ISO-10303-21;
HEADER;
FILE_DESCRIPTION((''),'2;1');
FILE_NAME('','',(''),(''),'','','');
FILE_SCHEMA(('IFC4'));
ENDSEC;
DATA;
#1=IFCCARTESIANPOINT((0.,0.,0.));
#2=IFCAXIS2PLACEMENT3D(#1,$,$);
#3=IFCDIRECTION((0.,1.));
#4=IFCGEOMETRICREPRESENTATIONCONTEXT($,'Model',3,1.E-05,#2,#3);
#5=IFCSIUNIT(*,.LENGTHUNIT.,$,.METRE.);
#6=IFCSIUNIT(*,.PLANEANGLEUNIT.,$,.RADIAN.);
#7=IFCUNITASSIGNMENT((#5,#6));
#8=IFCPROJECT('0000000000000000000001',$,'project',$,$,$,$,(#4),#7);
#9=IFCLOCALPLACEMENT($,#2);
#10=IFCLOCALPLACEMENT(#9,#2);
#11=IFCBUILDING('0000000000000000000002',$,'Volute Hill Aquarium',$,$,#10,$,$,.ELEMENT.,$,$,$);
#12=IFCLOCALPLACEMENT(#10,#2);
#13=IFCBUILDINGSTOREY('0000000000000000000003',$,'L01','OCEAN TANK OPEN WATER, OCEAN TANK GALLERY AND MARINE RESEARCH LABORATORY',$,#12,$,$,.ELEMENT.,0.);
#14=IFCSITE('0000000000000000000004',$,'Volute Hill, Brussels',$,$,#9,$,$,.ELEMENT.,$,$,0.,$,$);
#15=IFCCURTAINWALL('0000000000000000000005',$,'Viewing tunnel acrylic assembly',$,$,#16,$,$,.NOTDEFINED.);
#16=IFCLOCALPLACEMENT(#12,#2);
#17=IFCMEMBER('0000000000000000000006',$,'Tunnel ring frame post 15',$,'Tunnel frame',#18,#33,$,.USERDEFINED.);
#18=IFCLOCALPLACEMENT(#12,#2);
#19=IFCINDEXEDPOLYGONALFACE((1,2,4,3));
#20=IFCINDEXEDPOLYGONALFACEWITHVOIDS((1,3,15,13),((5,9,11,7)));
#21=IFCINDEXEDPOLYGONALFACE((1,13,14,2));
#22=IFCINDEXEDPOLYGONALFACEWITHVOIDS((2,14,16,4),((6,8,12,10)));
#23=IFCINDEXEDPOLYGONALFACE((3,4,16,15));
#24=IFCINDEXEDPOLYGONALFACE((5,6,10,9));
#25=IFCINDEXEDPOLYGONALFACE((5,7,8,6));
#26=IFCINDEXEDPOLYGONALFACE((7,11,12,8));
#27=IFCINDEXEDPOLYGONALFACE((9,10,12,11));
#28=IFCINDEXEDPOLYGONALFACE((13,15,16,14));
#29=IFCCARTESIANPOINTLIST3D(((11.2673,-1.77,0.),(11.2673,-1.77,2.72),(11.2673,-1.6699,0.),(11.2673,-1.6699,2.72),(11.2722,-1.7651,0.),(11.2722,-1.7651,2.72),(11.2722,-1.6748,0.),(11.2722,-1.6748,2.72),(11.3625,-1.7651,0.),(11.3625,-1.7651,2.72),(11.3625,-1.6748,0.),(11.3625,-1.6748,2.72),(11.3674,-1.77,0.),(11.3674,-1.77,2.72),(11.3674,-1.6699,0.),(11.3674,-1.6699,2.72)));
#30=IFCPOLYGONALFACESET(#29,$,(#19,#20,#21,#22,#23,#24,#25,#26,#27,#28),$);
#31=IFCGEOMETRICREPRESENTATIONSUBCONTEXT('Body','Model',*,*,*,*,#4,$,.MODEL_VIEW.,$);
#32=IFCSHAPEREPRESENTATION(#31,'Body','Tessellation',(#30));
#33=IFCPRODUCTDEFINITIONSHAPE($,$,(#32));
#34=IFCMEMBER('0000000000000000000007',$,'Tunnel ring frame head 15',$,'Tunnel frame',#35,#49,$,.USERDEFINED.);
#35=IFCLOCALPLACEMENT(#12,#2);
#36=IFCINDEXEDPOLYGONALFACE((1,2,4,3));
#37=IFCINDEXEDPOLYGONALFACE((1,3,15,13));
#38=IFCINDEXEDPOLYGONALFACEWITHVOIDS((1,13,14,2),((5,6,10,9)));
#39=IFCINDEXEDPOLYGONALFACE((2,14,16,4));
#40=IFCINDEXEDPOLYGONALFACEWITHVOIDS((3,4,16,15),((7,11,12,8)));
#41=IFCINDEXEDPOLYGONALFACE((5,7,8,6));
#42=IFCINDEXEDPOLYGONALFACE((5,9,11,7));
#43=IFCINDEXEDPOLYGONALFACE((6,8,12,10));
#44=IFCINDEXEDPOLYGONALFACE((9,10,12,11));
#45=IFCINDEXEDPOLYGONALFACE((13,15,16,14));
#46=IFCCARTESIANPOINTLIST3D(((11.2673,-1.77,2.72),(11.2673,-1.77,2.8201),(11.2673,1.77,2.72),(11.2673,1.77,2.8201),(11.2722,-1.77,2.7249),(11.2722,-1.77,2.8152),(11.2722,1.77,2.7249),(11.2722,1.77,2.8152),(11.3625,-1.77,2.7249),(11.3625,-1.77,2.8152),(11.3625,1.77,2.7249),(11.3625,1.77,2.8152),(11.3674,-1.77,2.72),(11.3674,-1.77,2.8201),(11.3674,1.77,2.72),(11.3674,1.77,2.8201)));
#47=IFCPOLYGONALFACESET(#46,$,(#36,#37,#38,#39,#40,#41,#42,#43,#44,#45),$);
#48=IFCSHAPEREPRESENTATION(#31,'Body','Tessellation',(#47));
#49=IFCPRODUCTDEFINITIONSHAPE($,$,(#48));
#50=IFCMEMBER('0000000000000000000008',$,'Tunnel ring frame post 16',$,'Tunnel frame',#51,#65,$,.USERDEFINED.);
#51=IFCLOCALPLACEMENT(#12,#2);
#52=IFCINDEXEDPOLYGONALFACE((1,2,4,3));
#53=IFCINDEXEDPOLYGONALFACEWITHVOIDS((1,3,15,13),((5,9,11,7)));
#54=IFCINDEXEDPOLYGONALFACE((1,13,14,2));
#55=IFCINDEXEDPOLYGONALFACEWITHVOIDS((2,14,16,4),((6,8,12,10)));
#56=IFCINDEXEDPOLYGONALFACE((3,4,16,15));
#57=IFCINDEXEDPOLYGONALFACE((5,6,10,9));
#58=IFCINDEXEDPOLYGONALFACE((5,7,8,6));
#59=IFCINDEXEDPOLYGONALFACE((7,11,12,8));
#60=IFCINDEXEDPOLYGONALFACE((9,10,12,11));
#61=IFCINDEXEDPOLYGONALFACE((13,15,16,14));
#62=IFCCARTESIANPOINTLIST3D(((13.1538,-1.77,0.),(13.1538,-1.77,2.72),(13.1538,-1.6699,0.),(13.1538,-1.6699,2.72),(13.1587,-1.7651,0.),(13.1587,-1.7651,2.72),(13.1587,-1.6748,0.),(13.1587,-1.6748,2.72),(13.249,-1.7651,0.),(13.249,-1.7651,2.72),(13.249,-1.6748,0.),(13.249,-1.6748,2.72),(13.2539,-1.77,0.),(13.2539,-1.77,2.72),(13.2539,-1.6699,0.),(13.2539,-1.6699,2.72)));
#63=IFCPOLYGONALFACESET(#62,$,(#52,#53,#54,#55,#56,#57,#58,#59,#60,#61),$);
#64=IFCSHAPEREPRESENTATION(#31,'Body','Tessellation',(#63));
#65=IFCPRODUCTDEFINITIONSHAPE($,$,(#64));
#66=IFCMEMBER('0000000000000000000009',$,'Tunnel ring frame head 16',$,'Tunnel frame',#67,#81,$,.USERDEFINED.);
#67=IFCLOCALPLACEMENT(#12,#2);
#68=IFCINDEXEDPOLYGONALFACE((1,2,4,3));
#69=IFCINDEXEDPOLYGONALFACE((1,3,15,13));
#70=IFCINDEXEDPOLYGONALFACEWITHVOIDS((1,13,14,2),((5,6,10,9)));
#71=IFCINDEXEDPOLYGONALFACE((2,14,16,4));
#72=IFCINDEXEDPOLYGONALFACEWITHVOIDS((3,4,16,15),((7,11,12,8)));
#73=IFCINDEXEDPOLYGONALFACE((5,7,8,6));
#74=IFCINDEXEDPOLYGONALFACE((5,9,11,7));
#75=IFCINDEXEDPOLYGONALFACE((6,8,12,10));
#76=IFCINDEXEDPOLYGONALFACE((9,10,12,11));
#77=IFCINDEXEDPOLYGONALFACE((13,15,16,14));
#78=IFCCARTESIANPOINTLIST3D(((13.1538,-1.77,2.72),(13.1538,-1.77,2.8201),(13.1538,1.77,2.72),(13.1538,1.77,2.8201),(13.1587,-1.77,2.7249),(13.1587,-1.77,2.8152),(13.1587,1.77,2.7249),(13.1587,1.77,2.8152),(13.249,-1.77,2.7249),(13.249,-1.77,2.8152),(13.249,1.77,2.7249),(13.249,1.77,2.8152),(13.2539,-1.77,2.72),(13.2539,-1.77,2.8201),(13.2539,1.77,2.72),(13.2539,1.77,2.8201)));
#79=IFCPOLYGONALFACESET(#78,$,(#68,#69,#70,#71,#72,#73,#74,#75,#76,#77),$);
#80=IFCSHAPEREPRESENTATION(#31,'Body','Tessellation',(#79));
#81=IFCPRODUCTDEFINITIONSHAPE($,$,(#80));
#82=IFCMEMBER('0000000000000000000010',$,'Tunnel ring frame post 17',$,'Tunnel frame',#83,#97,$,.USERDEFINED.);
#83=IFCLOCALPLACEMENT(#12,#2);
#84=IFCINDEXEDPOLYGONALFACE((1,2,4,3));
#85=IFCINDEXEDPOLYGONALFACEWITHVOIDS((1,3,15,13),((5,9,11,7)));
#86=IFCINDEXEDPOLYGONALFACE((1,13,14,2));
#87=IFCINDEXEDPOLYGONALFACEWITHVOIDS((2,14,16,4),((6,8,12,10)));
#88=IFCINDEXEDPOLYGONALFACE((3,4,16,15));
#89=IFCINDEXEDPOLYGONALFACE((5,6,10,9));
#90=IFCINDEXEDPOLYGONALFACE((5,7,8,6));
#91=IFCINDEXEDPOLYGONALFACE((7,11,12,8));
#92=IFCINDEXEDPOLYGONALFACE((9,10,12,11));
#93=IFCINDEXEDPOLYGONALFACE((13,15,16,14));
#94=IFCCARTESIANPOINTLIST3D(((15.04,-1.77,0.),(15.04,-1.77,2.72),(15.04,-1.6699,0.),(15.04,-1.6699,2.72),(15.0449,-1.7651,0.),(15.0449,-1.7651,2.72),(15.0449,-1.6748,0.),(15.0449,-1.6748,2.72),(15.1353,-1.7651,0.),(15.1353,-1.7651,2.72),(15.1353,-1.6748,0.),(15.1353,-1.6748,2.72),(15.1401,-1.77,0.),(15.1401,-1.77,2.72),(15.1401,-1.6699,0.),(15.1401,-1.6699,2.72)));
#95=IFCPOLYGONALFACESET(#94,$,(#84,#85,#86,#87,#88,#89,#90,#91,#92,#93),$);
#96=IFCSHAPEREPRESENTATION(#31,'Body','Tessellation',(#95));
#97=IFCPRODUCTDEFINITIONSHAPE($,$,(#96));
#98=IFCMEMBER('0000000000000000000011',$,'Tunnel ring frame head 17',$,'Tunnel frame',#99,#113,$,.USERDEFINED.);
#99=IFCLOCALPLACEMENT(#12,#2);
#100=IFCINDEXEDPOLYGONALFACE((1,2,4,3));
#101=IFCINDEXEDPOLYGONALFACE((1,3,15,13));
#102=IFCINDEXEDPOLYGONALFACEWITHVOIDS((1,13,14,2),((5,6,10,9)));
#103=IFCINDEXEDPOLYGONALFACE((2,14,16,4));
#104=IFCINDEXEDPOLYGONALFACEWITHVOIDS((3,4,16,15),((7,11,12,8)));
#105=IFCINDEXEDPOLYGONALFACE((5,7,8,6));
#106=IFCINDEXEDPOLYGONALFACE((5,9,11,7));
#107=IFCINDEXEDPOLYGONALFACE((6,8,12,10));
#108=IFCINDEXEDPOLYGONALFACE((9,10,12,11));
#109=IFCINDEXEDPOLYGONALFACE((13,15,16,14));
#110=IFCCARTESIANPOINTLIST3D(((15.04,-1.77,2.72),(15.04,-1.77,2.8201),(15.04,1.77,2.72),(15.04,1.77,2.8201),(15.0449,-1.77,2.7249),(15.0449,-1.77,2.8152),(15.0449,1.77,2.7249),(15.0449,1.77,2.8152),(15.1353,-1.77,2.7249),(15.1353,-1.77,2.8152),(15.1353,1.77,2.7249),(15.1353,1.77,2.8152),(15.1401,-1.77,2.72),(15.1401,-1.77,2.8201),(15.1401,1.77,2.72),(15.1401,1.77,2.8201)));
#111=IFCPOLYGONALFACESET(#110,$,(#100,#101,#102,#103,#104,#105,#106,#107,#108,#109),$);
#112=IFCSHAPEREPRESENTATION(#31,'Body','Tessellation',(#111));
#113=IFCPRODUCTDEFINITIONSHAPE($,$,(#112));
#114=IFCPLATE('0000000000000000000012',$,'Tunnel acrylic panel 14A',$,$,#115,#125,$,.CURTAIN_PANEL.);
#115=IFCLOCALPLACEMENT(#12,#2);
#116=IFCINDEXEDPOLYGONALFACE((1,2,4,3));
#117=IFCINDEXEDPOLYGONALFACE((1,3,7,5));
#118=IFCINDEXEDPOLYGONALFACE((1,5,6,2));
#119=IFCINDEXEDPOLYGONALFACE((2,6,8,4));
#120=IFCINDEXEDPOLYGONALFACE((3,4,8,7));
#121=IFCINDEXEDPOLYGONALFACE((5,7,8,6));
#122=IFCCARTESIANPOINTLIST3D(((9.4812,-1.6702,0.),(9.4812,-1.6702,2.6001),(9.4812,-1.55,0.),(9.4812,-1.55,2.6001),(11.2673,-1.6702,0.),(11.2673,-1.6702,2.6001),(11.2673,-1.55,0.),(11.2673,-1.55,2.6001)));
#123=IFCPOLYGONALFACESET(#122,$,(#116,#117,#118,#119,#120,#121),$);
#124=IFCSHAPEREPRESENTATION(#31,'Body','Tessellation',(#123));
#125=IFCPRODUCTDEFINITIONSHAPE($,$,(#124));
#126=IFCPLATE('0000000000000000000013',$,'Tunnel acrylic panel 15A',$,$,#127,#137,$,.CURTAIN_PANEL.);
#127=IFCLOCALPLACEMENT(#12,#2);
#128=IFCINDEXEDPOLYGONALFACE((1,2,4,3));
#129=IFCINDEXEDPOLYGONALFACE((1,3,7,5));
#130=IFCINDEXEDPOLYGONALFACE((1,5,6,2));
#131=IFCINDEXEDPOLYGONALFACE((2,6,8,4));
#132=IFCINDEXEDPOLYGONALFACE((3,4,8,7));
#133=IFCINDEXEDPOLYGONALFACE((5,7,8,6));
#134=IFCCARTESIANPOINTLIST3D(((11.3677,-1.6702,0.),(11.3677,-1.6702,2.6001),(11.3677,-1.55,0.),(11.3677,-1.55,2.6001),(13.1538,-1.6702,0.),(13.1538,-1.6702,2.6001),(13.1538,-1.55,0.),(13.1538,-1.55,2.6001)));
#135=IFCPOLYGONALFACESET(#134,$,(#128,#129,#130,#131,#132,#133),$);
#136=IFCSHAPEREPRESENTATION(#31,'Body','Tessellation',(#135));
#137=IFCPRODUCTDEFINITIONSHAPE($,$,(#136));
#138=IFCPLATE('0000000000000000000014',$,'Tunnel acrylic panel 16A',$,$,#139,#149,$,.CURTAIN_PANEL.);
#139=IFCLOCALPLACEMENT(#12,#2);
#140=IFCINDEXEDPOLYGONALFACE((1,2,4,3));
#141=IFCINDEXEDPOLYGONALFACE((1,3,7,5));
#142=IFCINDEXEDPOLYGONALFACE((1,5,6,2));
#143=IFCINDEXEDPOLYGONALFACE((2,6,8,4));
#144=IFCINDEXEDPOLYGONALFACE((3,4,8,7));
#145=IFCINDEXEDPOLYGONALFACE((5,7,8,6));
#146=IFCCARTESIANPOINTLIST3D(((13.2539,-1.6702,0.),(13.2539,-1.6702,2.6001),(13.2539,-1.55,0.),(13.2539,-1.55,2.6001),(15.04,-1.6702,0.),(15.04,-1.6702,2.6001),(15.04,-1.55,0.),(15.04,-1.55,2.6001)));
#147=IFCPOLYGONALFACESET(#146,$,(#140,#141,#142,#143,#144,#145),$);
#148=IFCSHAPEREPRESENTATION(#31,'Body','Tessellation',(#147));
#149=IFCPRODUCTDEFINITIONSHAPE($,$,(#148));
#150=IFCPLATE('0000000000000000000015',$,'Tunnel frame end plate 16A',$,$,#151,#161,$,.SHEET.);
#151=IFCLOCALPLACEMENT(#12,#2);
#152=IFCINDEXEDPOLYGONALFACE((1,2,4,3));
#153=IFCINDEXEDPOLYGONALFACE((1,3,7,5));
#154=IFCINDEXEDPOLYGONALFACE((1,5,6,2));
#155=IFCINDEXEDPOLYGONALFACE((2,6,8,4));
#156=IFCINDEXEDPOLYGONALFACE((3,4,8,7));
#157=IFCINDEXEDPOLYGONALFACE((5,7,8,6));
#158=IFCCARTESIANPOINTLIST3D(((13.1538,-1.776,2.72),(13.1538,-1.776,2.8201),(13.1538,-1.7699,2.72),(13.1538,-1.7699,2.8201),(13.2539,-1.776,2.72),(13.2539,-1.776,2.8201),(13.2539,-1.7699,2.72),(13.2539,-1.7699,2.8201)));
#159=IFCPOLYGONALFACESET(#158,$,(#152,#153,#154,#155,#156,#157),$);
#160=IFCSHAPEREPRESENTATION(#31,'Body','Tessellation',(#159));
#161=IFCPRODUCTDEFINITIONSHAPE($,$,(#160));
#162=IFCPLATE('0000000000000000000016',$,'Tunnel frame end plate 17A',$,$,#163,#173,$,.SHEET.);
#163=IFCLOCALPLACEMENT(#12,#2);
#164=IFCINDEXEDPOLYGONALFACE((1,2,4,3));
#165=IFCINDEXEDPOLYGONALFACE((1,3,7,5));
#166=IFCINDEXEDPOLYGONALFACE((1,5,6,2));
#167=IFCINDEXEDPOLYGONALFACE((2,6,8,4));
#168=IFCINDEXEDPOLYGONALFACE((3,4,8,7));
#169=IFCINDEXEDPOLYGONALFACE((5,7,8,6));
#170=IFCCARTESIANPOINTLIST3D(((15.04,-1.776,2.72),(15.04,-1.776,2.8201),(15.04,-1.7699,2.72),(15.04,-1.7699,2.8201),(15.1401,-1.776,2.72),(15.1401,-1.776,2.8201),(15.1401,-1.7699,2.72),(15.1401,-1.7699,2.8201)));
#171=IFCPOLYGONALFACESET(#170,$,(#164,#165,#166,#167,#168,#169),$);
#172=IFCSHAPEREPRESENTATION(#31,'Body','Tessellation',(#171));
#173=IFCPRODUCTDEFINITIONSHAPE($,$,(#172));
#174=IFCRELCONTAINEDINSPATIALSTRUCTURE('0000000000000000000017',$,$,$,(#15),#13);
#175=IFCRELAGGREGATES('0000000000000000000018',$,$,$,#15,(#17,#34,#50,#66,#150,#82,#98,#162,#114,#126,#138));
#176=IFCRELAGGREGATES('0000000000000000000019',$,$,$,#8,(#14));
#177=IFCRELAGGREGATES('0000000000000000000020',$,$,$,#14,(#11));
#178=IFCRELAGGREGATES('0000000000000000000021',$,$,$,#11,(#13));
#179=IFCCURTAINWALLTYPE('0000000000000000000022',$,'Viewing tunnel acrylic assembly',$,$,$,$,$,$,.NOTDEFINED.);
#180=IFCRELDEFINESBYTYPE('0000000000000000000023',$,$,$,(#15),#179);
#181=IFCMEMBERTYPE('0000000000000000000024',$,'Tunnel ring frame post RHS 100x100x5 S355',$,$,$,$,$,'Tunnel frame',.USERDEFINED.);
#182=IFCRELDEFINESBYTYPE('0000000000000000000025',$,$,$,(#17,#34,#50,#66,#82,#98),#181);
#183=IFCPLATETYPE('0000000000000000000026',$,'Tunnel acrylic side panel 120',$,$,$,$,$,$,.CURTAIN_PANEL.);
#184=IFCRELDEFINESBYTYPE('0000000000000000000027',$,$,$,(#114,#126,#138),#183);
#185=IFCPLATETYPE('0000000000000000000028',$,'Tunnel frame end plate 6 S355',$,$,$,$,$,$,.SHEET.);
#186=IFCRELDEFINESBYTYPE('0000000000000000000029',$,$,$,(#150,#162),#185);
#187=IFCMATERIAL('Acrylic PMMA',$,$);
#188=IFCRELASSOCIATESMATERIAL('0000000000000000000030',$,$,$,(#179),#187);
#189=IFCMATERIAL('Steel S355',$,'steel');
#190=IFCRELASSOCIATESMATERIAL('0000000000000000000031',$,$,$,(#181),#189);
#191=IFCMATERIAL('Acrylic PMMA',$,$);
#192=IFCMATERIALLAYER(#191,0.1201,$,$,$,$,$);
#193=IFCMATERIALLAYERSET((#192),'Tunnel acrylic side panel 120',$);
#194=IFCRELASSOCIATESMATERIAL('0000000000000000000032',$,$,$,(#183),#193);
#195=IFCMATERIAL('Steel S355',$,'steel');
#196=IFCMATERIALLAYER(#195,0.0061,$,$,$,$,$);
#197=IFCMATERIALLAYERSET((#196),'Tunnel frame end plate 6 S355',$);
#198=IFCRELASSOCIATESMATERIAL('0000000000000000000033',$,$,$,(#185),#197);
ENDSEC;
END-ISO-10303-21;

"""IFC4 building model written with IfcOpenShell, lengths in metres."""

from ifc_helpers import new_model, si_unit, direction, frame, origin, origin_2d, place, context, subcontext, project, spatial, rectangle, hollow_rectangle, extrude, material, layer, layer_set, material_profile, profile_set, type_object, element, aggregate, save


model = new_model("IFC4")

# Units and contexts
model_context = context("Model", 3, precision=1e-05, world=origin(), true_north=direction((0.0, 1.0)))
body_context = subcontext(model_context, "Body", "Model", "MODEL_VIEW")
ifc_project = project(units=[si_unit("LENGTHUNIT", "METRE"), si_unit("PLANEANGLEUNIT", "RADIAN")], contexts=[model_context])

# Site, building, storey
site_placement = place(None, origin())
site = spatial("IfcSite", under=ifc_project, at=site_placement, Name="Volute Hill, Brussels", CompositionType="ELEMENT", RefElevation=0.0)
building_placement = place(site_placement, origin())
building = spatial("IfcBuilding", under=site, at=building_placement, Name="Volute Hill Aquarium", CompositionType="ELEMENT")
storey_placement = place(building_placement, origin())
storey = spatial("IfcBuildingStorey", under=building, at=storey_placement, Name="L01", Description="OCEAN TANK OPEN WATER, OCEAN TANK GALLERY AND MARINE RESEARCH LABORATORY", CompositionType="ELEMENT", Elevation=0.0)

# Curtain wall, members, plates
ifc_material_1 = material(Name="Acrylic PMMA")
curtain_wall_type = type_object("IfcCurtainWallType", Name="Viewing tunnel acrylic assembly", PredefinedType="NOTDEFINED", material=ifc_material_1)
curtain_wall_placement = place(storey_placement, origin())
curtain_wall = element("IfcCurtainWall", 1, at=curtain_wall_placement, inside=storey, type_object=curtain_wall_type, Name="Viewing tunnel acrylic assembly", PredefinedType="NOTDEFINED")
ifc_material_2 = material(Name="Steel S355", Category="steel")
ifc_material_profile = material_profile(ifc_material_2, hollow_rectangle(XDim=0.1001, YDim=0.1001, WallThickness=0.0049, at=origin_2d()), Name="RHS 100x100x5")
ifc_profile_set = profile_set([ifc_material_profile], Name="Steel S355")
member_type = type_object("IfcMemberType", Name="Tunnel ring frame post RHS 100x100x5 S355", ElementType="Tunnel frame", PredefinedType="USERDEFINED", material=ifc_profile_set)
member_1_placement = place(storey_placement, frame((11.3174, -1.72, 0.0), z_axis=(0.0, 0.0, 1.0), x_axis=(1.0, 0.0, 0.0)))
member_1 = element("IfcMember", 2, at=member_1_placement, type_object=member_type, Name="Tunnel ring frame post 15", ObjectType="Tunnel frame", PredefinedType="USERDEFINED", context=body_context, shape_type="SweptSolid", body=[
    extrude(hollow_rectangle(XDim=0.1001, YDim=0.1001, WallThickness=0.0049, at=origin_2d()), origin(), (0.0, 0.0, 1.0), 2.72),
])
member_2_placement = place(storey_placement, frame((11.3174, -1.77, 2.77), z_axis=(0.0, 1.0, 0.0), x_axis=(-1.0, 0.0, 0.0)))
member_2 = element("IfcMember", 3, at=member_2_placement, type_object=member_type, Name="Tunnel ring frame head 15", ObjectType="Tunnel frame", PredefinedType="USERDEFINED", context=body_context, shape_type="SweptSolid", body=[
    extrude(hollow_rectangle(XDim=0.1001, YDim=0.1001, WallThickness=0.0049, at=origin_2d()), origin(), (0.0, 0.0, 1.0), 3.54),
])
member_3_placement = place(storey_placement, frame((13.2039, -1.72, 0.0), z_axis=(0.0, 0.0, 1.0), x_axis=(1.0, 0.0, 0.0)))
member_3 = element("IfcMember", 4, at=member_3_placement, type_object=member_type, Name="Tunnel ring frame post 16", ObjectType="Tunnel frame", PredefinedType="USERDEFINED", context=body_context, shape_type="SweptSolid", body=[
    extrude(hollow_rectangle(XDim=0.1001, YDim=0.1001, WallThickness=0.0049, at=origin_2d()), origin(), (0.0, 0.0, 1.0), 2.72),
])
member_4_placement = place(storey_placement, frame((13.2039, -1.77, 2.77), z_axis=(0.0, 1.0, 0.0), x_axis=(-1.0, 0.0, 0.0)))
member_4 = element("IfcMember", 5, at=member_4_placement, type_object=member_type, Name="Tunnel ring frame head 16", ObjectType="Tunnel frame", PredefinedType="USERDEFINED", context=body_context, shape_type="SweptSolid", body=[
    extrude(hollow_rectangle(XDim=0.1001, YDim=0.1001, WallThickness=0.0049, at=origin_2d()), origin(), (0.0, 0.0, 1.0), 3.54),
])
member_5_placement = place(storey_placement, frame((15.0901, -1.72, 0.0), z_axis=(0.0, 0.0, 1.0), x_axis=(1.0, 0.0, 0.0)))
member_5 = element("IfcMember", 6, at=member_5_placement, type_object=member_type, Name="Tunnel ring frame post 17", ObjectType="Tunnel frame", PredefinedType="USERDEFINED", context=body_context, shape_type="SweptSolid", body=[
    extrude(hollow_rectangle(XDim=0.1001, YDim=0.1001, WallThickness=0.0049, at=origin_2d()), origin(), (0.0, 0.0, 1.0), 2.72),
])
member_6_placement = place(storey_placement, frame((15.0901, -1.77, 2.77), z_axis=(0.0, 1.0, 0.0), x_axis=(-1.0, 0.0, 0.0)))
member_6 = element("IfcMember", 7, at=member_6_placement, type_object=member_type, Name="Tunnel ring frame head 17", ObjectType="Tunnel frame", PredefinedType="USERDEFINED", context=body_context, shape_type="SweptSolid", body=[
    extrude(hollow_rectangle(XDim=0.1001, YDim=0.1001, WallThickness=0.0049, at=origin_2d()), origin(), (0.0, 0.0, 1.0), 3.54),
])
ifc_material_3 = material(Name="Acrylic PMMA")
ifc_layer_1 = layer(ifc_material_3, 0.1201)
ifc_layer_set_1 = layer_set([ifc_layer_1], Name="Tunnel acrylic side panel 120")
plate_type_1 = type_object("IfcPlateType", Name="Tunnel acrylic side panel 120", PredefinedType="CURTAIN_PANEL", material=ifc_layer_set_1)
plate_1_placement = place(storey_placement, frame((10.3743, -1.6101, 0.0), z_axis=(0.0, 0.0, 1.0), x_axis=(1.0, 0.0, 0.0)))
plate_1 = element("IfcPlate", 8, at=plate_1_placement, type_object=plate_type_1, Name="Tunnel acrylic panel 14A", PredefinedType="CURTAIN_PANEL", context=body_context, shape_type="SweptSolid", body=[
    extrude(rectangle(XDim=1.7861, YDim=0.1201, at=origin_2d()), origin(), (0.0, 0.0, 1.0), 2.6001),
])
plate_2_placement = place(storey_placement, frame((12.2607, -1.6101, 0.0), z_axis=(0.0, 0.0, 1.0), x_axis=(1.0, 0.0, 0.0)))
plate_2 = element("IfcPlate", 9, at=plate_2_placement, type_object=plate_type_1, Name="Tunnel acrylic panel 15A", PredefinedType="CURTAIN_PANEL", context=body_context, shape_type="SweptSolid", body=[
    extrude(rectangle(XDim=1.7861, YDim=0.1201, at=origin_2d()), origin(), (0.0, 0.0, 1.0), 2.6001),
])
plate_3_placement = place(storey_placement, frame((14.147, -1.6101, 0.0), z_axis=(0.0, 0.0, 1.0), x_axis=(1.0, 0.0, 0.0)))
plate_3 = element("IfcPlate", 10, at=plate_3_placement, type_object=plate_type_1, Name="Tunnel acrylic panel 16A", PredefinedType="CURTAIN_PANEL", context=body_context, shape_type="SweptSolid", body=[
    extrude(rectangle(XDim=1.7861, YDim=0.1201, at=origin_2d()), origin(), (0.0, 0.0, 1.0), 2.6001),
])
ifc_material_4 = material(Name="Steel S355", Category="steel")
ifc_layer_2 = layer(ifc_material_4, 0.0061)
ifc_layer_set_2 = layer_set([ifc_layer_2], Name="Tunnel frame end plate 6 S355")
plate_type_2 = type_object("IfcPlateType", Name="Tunnel frame end plate 6 S355", PredefinedType="SHEET", material=ifc_layer_set_2)
plate_4_placement = place(storey_placement, frame((13.2039, -1.7729, 2.72), z_axis=(0.0, 0.0, 1.0), x_axis=(1.0, 0.0, 0.0)))
plate_4 = element("IfcPlate", 11, at=plate_4_placement, type_object=plate_type_2, Name="Tunnel frame end plate 16A", PredefinedType="SHEET", context=body_context, shape_type="SweptSolid", body=[
    extrude(rectangle(XDim=0.1001, YDim=0.0061, at=origin_2d()), origin(), (0.0, 0.0, 1.0), 0.1001),
])
plate_5_placement = place(storey_placement, frame((15.0901, -1.7729, 2.72), z_axis=(0.0, 0.0, 1.0), x_axis=(1.0, 0.0, 0.0)))
plate_5 = element("IfcPlate", 12, at=plate_5_placement, type_object=plate_type_2, Name="Tunnel frame end plate 17A", PredefinedType="SHEET", context=body_context, shape_type="SweptSolid", body=[
    extrude(rectangle(XDim=0.1001, YDim=0.0061, at=origin_2d()), origin(), (0.0, 0.0, 1.0), 0.1001),
])
aggregate(curtain_wall, [member_1, member_2, member_3, member_4, plate_4, member_5, member_6, plate_5, plate_1, plate_2, plate_3])

save(model, "model.ifc")
